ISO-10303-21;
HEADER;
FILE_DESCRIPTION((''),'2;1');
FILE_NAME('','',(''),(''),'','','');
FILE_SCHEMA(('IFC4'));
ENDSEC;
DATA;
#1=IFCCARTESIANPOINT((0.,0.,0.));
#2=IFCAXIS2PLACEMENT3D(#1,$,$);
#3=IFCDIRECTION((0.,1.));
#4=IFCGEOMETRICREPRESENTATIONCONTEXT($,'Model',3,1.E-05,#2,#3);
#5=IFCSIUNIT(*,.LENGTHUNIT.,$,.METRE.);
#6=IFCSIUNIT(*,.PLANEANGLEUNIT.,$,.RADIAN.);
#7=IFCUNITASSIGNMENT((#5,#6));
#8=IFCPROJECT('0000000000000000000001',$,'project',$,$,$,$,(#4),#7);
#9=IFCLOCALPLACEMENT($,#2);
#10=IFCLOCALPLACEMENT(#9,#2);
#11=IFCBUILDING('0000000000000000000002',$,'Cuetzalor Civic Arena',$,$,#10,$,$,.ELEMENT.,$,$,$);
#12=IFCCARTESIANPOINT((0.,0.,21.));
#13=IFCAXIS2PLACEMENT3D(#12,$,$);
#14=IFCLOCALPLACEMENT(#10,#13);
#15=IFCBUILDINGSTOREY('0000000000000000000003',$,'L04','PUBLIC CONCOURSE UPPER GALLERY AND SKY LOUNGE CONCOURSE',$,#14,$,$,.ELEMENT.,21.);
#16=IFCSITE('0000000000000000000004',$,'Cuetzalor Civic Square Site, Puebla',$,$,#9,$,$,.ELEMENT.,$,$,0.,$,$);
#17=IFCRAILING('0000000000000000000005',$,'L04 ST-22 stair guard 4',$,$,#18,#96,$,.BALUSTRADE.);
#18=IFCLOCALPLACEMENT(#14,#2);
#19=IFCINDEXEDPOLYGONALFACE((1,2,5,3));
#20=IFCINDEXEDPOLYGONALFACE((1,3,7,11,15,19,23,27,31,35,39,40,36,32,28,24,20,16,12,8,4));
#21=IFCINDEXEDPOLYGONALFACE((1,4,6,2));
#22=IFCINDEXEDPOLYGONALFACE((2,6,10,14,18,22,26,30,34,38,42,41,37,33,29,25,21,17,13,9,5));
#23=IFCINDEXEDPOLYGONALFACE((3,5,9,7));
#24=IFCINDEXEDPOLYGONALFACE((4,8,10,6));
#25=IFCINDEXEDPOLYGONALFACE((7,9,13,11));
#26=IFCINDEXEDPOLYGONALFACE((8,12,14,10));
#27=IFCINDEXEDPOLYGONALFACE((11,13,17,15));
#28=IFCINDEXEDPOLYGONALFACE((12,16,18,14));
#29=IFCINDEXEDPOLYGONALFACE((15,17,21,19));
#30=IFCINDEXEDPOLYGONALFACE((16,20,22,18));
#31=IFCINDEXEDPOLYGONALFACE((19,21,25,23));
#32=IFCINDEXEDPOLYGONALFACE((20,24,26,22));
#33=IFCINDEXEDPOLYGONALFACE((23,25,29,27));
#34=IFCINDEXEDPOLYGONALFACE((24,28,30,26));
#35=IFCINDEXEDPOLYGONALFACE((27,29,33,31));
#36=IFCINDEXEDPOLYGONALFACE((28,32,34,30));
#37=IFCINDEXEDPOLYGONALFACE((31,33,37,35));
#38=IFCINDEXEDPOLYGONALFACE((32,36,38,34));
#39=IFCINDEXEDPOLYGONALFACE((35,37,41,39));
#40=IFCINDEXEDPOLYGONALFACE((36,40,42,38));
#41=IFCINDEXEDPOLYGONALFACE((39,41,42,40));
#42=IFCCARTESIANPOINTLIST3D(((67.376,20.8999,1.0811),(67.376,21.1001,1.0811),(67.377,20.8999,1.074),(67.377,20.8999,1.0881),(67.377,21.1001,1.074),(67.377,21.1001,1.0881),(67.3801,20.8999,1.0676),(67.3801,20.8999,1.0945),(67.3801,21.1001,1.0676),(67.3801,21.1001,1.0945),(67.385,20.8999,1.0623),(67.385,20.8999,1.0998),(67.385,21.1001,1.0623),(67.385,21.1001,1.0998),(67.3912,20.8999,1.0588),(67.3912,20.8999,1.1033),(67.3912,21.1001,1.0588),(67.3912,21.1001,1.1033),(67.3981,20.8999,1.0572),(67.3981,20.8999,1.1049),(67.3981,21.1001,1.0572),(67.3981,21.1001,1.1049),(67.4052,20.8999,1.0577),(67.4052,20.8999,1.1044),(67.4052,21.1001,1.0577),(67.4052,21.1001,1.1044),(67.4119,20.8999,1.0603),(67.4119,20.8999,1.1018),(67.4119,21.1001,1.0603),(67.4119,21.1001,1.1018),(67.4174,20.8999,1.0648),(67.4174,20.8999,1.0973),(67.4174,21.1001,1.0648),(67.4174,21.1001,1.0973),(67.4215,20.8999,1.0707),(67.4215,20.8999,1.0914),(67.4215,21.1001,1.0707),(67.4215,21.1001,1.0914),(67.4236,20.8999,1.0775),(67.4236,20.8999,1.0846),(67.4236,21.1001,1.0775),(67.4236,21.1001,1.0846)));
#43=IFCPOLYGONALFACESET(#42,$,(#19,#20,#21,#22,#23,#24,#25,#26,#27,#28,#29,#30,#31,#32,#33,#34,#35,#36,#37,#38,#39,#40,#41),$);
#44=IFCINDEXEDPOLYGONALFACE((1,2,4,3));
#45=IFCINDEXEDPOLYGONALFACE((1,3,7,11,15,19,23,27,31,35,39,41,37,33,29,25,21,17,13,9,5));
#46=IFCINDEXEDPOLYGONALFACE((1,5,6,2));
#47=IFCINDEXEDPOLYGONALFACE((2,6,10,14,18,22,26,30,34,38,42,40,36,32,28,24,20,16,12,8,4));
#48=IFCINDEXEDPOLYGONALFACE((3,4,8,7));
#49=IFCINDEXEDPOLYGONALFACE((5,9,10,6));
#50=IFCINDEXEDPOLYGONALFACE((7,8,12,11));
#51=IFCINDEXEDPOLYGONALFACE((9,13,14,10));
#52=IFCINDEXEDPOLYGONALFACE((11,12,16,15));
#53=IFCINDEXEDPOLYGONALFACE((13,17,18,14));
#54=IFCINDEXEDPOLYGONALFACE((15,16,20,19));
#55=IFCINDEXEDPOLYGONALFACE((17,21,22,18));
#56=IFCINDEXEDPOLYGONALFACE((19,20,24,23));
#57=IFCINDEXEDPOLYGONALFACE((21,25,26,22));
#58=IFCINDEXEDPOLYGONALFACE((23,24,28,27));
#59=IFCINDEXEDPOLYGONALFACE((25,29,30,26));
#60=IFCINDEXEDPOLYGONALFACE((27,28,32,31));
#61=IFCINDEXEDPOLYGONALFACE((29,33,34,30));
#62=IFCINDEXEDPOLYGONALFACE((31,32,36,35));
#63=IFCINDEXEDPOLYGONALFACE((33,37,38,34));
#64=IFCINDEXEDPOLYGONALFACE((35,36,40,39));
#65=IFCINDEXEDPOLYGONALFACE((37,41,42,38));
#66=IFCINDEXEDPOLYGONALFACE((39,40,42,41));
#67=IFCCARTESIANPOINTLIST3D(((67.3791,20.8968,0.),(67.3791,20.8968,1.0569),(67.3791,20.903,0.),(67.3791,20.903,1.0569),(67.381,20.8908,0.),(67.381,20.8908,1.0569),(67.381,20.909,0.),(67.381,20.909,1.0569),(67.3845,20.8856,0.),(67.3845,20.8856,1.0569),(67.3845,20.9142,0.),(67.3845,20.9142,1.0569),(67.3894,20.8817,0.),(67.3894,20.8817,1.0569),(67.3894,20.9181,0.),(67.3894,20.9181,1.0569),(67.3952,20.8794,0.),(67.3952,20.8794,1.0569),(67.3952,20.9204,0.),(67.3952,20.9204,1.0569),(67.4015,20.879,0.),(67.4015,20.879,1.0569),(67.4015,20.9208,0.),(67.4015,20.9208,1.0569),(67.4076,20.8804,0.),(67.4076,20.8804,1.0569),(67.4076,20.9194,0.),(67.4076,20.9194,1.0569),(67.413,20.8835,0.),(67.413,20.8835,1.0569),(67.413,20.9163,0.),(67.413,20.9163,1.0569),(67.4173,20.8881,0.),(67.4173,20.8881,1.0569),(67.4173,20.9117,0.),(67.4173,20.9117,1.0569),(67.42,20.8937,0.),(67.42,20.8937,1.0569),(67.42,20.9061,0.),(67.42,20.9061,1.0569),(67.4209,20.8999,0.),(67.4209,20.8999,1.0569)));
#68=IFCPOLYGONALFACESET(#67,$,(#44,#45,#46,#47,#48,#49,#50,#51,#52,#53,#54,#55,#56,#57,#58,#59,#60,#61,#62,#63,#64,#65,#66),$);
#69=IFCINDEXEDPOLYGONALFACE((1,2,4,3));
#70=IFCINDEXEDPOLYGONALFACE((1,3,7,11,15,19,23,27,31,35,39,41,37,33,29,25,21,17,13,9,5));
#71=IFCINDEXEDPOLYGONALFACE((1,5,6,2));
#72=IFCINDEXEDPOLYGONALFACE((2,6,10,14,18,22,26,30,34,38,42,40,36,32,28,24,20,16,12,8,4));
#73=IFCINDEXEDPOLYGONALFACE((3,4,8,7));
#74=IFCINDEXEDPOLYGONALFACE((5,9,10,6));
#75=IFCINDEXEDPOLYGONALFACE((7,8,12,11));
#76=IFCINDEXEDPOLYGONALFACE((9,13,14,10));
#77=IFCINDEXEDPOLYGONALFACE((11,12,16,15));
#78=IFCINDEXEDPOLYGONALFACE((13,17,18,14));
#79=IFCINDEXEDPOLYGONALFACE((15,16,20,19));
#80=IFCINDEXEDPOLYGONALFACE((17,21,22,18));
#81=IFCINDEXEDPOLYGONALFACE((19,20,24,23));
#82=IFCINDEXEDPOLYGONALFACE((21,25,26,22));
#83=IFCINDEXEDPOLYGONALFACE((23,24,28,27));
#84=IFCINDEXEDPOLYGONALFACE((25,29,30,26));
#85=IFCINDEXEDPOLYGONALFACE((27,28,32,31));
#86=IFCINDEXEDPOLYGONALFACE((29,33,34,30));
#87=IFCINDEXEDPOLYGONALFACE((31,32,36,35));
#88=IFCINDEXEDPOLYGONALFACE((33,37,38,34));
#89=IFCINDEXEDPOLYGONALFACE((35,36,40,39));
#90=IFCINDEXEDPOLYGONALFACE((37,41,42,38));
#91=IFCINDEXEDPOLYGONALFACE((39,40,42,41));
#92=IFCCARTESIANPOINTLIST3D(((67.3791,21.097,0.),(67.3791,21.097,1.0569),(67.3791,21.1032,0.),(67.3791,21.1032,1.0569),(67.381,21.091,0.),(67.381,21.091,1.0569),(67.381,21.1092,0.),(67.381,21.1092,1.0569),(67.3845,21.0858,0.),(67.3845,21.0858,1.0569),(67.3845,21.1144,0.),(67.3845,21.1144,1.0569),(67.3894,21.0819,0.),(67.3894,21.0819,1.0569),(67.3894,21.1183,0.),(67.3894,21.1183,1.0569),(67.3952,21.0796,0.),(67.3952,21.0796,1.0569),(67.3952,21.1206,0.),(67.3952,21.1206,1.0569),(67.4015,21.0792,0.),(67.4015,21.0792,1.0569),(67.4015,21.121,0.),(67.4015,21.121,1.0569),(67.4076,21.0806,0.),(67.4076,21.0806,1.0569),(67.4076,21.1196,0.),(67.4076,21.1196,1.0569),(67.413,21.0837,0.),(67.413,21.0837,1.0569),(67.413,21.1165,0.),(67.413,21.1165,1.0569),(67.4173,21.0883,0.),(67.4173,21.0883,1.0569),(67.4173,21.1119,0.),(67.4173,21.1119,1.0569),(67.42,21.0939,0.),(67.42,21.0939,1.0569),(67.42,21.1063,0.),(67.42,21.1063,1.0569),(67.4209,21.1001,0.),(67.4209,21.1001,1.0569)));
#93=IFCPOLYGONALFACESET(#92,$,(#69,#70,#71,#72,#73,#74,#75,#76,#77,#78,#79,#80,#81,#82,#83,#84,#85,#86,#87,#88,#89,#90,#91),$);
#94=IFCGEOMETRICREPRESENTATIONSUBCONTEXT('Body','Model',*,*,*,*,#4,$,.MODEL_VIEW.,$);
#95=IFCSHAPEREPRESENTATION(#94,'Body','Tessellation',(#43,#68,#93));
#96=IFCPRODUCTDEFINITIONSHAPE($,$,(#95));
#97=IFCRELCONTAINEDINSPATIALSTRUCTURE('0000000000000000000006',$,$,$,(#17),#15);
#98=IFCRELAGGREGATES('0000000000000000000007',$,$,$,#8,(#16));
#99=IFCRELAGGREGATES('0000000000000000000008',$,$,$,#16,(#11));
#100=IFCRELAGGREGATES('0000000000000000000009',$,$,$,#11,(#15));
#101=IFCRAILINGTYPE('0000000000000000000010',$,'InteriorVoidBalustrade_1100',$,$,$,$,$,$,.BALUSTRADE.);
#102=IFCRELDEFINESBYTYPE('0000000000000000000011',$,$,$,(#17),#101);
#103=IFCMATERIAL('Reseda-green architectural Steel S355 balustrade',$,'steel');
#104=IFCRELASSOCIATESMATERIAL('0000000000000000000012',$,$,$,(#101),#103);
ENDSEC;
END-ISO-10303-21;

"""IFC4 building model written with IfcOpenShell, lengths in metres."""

from ifc_helpers import new_model, si_unit, direction, frame, origin, origin_2d, place, context, subcontext, project, spatial, circle, extrude, material, type_object, element, save


model = new_model("IFC4")

# Units and contexts
model_context = context("Model", 3, precision=1e-05, world=origin(), true_north=direction((0.0, 1.0)))
body_context = subcontext(model_context, "Body", "Model", "MODEL_VIEW")
ifc_project = project(units=[si_unit("LENGTHUNIT", "METRE"), si_unit("PLANEANGLEUNIT", "RADIAN")], contexts=[model_context])

# Site, building, storey
site_placement = place(None, origin())
site = spatial("IfcSite", under=ifc_project, at=site_placement, Name="Cuetzalor Civic Square Site, Puebla", CompositionType="ELEMENT", RefElevation=0.0)
building_placement = place(site_placement, origin())
building = spatial("IfcBuilding", under=site, at=building_placement, Name="Cuetzalor Civic Arena", CompositionType="ELEMENT")
storey_placement = place(building_placement, frame((0.0, 0.0, 21.0)))
storey = spatial("IfcBuildingStorey", under=building, at=storey_placement, Name="L04", Description="PUBLIC CONCOURSE UPPER GALLERY AND SKY LOUNGE CONCOURSE", CompositionType="ELEMENT", Elevation=21.0)

# Railing
ifc_material_1 = material(Name="Reseda-green architectural Steel S355 balustrade", Category="steel")
railing_type_1 = type_object("IfcRailingType", Name="InteriorVoidBalustrade_1100", PredefinedType="BALUSTRADE", material=ifc_material_1)
railing_1_placement = place(storey_placement, frame((67.3999, 20.8999, 0.0)))
element("IfcRailing", 1, at=railing_1_placement, inside=storey, type_object=railing_type_1, Name="L04 ST-22 stair guard 4", PredefinedType="BALUSTRADE", context=body_context, shape_type="SweptSolid", body=[
    extrude(circle(Radius=0.0239, at=origin_2d()), frame((0.0, 0.0, 1.0811), z_axis=(0.0, 1.0, 0.0), x_axis=(-1.0, 0.0, 0.0)), (0.0, 0.0, 1.0), 0.2002),
    extrude(circle(Radius=0.021, at=origin_2d()), origin(), (0.0, 0.0, 1.0), 1.0569),
    extrude(circle(Radius=0.021, at=origin_2d()), frame((0.0, 0.2002, 0.0)), (0.0, 0.0, 1.0), 1.0569),
])

save(model, "model.ifc")
